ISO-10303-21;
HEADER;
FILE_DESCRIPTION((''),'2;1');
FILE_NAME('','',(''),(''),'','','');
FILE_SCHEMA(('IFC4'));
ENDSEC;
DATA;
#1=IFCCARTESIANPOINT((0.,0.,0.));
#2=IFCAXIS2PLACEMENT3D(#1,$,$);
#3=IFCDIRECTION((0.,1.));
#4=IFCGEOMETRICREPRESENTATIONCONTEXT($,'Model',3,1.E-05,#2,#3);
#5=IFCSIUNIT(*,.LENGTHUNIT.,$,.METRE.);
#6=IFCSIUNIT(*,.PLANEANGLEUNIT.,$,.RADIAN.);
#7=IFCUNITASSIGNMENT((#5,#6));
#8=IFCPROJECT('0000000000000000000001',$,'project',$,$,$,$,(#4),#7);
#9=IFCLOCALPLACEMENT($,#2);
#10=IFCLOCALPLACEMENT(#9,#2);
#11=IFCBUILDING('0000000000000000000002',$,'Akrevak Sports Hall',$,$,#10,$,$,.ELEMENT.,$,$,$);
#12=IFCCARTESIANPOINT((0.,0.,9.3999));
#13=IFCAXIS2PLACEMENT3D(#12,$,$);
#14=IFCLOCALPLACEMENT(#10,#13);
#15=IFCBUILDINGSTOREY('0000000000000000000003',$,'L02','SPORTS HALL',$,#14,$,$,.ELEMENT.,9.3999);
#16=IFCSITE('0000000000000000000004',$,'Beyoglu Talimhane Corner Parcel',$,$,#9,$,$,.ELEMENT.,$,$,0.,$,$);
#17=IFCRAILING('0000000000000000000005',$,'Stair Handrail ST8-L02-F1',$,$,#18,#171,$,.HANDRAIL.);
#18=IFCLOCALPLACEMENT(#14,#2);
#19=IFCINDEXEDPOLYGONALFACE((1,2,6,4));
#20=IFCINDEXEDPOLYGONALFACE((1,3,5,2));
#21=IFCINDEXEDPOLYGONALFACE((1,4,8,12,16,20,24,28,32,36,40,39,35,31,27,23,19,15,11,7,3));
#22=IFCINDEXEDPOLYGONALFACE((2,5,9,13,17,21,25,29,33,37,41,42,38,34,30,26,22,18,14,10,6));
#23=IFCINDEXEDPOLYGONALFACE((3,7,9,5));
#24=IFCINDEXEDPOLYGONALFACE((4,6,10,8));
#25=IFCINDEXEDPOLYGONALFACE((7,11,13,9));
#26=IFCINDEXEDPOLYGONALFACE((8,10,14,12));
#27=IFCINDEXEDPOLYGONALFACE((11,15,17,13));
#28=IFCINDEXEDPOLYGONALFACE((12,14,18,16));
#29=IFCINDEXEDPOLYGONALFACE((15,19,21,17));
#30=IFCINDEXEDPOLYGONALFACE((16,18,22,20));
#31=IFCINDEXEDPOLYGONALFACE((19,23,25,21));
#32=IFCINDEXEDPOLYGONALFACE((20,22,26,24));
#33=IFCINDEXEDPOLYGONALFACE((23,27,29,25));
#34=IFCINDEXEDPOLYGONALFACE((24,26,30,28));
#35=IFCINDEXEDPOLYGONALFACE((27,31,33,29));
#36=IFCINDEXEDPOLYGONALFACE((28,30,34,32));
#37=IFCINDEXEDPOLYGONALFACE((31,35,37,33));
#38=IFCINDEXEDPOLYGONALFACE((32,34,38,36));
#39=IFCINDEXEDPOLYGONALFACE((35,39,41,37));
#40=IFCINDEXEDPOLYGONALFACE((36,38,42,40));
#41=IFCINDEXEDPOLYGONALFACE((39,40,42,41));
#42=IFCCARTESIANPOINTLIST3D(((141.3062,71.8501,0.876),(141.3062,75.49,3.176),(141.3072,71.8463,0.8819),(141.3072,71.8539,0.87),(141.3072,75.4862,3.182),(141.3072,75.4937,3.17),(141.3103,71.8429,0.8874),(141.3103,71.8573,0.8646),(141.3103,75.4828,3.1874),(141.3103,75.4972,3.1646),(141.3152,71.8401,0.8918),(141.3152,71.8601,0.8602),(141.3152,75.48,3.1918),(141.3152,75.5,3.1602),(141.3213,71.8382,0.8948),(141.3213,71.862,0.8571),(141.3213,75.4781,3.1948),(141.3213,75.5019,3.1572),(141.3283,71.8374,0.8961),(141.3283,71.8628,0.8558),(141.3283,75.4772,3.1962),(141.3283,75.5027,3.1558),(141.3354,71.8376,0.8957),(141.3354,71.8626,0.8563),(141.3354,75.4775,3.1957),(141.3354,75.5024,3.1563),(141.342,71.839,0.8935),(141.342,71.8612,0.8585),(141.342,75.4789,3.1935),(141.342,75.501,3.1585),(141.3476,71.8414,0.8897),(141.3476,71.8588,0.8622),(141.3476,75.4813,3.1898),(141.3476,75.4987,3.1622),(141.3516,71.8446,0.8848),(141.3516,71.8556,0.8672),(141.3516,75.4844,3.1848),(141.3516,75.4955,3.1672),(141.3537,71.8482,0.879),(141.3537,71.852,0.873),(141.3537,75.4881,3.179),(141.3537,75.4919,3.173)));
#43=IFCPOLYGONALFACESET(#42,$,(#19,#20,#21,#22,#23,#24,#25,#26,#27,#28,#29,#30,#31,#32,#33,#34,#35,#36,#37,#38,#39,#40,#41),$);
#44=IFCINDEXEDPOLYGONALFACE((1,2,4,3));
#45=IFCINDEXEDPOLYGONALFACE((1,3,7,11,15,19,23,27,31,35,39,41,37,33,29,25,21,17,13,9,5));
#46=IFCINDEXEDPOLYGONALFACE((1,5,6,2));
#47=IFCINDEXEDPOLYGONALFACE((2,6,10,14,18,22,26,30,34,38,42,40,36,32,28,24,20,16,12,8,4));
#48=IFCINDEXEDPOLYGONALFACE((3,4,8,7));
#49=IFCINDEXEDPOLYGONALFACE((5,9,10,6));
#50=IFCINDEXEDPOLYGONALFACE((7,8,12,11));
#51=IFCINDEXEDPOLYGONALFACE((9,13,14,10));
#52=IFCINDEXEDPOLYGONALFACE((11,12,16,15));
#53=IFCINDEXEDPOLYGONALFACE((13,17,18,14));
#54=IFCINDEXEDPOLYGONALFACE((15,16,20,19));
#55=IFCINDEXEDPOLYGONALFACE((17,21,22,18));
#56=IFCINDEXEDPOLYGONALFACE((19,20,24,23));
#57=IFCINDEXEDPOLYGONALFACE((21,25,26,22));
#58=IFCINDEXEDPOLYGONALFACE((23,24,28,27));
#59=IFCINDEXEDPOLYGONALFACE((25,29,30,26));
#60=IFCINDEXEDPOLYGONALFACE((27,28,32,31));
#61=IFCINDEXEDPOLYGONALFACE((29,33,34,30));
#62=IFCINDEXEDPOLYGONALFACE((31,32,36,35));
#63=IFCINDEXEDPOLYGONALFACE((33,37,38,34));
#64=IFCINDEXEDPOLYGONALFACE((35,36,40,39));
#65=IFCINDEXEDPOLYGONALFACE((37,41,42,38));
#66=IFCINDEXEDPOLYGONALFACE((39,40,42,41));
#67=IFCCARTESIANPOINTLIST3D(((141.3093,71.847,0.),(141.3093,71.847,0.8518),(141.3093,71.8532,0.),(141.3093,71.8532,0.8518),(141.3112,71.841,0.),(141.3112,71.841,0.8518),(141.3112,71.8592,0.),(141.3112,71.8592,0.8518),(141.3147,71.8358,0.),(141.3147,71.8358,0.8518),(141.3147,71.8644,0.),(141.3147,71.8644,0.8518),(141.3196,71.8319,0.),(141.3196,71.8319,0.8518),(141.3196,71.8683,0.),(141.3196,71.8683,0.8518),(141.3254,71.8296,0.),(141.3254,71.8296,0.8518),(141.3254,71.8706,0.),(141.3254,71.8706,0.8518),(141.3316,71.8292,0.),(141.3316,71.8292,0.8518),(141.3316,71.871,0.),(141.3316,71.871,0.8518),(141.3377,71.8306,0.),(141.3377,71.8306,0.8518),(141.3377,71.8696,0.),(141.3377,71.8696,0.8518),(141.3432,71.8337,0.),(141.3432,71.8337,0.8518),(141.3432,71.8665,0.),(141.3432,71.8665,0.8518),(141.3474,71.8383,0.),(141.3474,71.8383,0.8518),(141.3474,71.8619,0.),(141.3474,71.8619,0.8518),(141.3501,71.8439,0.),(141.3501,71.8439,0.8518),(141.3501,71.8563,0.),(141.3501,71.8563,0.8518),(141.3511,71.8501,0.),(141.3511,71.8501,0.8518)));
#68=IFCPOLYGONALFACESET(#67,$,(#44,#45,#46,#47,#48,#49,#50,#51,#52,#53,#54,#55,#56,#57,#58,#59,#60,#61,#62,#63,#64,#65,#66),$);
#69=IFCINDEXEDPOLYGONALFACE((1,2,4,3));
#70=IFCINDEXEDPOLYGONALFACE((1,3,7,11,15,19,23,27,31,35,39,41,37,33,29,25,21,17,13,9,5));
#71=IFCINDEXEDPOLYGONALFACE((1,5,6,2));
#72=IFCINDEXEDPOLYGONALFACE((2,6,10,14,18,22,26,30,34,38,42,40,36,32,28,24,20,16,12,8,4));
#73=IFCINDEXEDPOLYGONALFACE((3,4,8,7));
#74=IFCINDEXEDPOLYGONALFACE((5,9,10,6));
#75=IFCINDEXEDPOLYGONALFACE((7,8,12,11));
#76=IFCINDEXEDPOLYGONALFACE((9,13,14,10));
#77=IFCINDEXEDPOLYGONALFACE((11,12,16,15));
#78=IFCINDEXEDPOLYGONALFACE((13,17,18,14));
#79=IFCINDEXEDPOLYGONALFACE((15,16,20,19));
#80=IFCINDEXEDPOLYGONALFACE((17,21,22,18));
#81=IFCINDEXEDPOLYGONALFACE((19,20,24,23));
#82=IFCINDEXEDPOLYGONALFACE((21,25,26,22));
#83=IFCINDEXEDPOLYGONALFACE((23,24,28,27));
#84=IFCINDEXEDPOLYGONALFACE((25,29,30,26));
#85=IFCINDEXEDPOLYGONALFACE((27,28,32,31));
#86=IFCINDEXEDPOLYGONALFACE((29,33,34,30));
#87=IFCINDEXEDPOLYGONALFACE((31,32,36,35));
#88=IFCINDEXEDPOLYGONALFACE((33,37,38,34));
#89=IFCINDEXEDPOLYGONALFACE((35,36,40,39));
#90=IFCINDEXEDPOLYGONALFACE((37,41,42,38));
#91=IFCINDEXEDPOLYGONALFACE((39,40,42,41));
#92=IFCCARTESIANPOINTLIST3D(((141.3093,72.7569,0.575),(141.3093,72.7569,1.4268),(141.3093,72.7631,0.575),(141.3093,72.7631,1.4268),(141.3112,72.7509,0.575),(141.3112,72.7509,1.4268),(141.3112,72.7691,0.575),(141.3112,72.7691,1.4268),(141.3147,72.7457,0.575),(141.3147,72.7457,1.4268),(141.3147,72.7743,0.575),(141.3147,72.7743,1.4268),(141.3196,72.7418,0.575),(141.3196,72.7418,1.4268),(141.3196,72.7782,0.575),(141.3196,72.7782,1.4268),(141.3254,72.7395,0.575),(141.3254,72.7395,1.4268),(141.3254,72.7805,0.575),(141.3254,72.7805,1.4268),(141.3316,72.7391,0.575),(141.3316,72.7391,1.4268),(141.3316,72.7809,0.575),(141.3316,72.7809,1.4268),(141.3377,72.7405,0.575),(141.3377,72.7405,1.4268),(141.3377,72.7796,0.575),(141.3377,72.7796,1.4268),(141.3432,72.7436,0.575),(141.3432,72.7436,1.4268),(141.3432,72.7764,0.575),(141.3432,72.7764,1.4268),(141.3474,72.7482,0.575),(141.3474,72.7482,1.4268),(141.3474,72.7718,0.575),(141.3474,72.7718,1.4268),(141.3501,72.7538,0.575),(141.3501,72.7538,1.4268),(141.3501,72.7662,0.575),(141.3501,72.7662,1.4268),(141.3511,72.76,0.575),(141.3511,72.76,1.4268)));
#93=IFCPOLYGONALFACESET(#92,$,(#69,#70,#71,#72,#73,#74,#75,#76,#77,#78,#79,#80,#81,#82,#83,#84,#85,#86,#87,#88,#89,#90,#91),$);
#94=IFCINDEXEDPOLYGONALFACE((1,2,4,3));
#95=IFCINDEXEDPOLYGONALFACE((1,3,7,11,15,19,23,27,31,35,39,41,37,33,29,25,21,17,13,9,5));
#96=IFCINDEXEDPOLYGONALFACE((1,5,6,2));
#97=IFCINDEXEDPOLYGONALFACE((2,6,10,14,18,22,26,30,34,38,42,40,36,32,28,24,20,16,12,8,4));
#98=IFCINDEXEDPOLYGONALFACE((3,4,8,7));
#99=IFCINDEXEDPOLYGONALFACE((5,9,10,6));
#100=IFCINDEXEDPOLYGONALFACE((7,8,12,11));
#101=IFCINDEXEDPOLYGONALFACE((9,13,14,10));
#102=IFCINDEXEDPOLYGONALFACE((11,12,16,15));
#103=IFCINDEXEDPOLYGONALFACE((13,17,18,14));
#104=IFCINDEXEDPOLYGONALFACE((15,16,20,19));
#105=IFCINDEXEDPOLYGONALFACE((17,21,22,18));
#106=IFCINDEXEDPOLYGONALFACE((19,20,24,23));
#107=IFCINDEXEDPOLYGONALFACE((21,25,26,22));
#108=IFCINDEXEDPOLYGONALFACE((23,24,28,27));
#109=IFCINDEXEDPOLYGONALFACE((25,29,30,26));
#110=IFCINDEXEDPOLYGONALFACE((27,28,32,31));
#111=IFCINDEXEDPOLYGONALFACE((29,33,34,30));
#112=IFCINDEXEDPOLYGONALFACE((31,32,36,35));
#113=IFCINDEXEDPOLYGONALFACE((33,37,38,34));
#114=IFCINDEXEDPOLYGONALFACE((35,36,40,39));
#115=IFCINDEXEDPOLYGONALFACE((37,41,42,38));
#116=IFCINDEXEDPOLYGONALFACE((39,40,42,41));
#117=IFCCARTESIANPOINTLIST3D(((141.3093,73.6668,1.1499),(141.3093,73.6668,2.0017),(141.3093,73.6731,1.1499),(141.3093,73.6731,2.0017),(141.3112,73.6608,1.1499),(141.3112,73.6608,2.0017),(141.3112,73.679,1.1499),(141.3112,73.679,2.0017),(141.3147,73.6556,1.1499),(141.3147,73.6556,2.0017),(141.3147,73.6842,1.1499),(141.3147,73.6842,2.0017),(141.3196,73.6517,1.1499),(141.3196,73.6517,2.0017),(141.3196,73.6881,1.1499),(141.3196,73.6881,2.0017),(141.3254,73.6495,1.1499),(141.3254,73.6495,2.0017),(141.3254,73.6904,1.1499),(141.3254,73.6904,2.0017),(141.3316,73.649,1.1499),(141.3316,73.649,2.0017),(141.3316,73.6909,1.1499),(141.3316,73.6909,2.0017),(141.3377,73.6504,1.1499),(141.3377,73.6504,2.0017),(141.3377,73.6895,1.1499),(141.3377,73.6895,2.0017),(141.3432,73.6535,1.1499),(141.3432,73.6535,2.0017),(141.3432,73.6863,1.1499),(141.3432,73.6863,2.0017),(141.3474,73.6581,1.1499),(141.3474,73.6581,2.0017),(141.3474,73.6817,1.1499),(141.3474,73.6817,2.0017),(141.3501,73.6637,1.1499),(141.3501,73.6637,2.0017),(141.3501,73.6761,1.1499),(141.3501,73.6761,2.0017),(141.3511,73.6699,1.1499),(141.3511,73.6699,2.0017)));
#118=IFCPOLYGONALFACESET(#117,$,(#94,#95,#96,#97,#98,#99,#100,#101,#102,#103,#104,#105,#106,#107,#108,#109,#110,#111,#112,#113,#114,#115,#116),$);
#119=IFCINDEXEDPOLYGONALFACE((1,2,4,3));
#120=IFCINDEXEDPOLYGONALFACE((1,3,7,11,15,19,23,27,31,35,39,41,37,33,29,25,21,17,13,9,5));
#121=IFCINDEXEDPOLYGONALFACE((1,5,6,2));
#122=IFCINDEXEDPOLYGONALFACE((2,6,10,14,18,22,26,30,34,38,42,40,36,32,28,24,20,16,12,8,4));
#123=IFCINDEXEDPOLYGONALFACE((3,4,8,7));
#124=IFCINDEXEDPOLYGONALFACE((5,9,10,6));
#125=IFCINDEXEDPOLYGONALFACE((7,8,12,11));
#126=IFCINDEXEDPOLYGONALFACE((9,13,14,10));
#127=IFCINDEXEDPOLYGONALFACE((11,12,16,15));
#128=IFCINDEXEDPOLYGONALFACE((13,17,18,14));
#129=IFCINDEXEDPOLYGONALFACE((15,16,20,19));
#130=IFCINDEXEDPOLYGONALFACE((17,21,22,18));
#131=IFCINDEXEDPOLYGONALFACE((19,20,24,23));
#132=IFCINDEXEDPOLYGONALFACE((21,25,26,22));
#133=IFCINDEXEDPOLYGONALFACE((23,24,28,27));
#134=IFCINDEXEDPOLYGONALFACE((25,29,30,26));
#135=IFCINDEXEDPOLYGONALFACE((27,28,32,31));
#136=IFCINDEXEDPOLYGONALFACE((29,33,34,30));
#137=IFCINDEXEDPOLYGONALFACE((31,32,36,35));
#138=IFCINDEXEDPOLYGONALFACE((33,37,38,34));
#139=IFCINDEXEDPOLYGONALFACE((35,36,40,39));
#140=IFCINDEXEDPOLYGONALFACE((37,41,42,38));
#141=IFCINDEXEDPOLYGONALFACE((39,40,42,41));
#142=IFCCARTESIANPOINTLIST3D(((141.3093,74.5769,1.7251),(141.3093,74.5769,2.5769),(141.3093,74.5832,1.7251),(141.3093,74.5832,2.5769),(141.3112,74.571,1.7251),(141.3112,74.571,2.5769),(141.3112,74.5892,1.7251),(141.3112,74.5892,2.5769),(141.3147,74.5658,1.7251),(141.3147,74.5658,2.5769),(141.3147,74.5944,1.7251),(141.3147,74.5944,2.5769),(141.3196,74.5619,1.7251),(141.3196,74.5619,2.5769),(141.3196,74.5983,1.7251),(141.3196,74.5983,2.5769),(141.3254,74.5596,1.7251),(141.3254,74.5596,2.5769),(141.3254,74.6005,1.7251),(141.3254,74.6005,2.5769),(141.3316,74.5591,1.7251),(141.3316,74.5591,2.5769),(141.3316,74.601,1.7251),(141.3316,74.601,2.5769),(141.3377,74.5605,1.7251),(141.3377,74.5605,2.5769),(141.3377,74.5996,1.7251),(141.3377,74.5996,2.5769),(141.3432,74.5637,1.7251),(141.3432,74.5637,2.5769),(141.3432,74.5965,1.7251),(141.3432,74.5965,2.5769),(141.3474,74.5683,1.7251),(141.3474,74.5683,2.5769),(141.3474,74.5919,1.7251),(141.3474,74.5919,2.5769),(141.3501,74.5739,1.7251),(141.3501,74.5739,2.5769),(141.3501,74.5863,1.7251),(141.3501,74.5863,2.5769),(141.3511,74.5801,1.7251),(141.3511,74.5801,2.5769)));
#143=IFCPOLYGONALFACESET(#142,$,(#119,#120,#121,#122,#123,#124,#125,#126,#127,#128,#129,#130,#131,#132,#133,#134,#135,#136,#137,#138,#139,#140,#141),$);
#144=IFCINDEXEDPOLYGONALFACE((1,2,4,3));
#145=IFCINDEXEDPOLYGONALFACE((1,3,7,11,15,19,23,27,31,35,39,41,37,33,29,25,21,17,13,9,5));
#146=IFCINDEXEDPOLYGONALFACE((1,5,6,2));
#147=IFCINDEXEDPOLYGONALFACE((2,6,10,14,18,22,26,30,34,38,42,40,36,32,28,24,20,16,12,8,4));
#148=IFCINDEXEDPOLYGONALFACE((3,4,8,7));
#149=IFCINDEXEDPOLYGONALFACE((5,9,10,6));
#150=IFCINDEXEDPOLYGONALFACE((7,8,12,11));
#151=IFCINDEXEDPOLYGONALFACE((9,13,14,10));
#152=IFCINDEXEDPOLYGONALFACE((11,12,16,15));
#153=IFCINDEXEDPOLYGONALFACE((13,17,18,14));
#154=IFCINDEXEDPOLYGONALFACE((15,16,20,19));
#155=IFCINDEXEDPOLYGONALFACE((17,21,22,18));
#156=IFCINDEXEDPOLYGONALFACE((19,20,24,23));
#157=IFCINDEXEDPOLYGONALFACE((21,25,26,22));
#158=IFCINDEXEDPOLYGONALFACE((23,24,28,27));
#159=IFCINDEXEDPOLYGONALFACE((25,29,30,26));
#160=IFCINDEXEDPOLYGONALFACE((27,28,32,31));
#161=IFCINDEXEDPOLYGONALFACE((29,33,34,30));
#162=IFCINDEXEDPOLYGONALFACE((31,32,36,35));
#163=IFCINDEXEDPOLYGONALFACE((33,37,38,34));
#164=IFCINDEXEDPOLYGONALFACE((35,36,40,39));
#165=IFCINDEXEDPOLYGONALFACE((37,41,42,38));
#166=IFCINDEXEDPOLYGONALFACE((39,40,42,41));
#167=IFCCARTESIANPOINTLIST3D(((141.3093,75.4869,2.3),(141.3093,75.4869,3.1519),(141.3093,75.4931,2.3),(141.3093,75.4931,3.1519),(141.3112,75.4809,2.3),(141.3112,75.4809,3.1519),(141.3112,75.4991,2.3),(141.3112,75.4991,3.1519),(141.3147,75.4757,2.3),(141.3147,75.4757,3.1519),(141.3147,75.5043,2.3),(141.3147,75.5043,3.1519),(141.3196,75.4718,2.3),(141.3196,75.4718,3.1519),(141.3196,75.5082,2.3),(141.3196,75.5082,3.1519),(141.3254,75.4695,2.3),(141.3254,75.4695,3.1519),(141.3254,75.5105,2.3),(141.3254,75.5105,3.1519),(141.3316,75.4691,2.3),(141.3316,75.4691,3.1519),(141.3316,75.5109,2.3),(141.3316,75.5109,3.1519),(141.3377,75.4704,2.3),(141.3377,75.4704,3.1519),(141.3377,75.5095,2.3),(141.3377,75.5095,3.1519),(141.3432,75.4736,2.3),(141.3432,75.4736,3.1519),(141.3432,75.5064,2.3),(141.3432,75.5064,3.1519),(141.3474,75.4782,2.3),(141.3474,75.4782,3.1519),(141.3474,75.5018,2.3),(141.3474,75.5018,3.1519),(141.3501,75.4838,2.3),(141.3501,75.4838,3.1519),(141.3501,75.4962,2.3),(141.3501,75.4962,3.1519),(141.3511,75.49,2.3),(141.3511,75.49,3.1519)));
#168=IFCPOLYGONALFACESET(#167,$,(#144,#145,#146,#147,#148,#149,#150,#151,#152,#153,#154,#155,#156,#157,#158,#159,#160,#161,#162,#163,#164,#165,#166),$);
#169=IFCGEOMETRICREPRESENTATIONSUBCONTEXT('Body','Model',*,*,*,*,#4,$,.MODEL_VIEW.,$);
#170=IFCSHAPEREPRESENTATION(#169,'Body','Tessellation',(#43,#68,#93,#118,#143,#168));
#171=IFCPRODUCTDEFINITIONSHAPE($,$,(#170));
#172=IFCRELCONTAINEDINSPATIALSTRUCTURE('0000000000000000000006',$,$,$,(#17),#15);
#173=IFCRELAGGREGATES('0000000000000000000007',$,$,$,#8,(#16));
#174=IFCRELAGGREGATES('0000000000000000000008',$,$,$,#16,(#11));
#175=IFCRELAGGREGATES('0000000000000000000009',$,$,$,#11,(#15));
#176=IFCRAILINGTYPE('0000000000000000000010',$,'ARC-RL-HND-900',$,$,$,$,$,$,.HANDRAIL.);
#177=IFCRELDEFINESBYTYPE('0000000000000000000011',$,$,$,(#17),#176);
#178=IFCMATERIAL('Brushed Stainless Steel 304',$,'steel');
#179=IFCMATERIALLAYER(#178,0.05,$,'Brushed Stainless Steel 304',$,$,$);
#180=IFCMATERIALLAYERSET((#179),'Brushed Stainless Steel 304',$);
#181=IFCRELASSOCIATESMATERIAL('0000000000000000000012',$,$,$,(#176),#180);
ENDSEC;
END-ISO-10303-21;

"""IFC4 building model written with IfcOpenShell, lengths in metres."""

from ifc_helpers import new_model, si_unit, direction, frame, origin, origin_2d, place, context, subcontext, project, spatial, circle, extrude, material, layer, layer_set, type_object, element, save


model = new_model("IFC4")

# Units and contexts
model_context = context("Model", 3, precision=1e-05, world=origin(), true_north=direction((0.0, 1.0)))
body_context = subcontext(model_context, "Body", "Model", "MODEL_VIEW")
ifc_project = project(units=[si_unit("LENGTHUNIT", "METRE"), si_unit("PLANEANGLEUNIT", "RADIAN")], contexts=[model_context])

# Site, building, storey
site_placement = place(None, origin())
site = spatial("IfcSite", under=ifc_project, at=site_placement, Name="Beyoglu Talimhane Corner Parcel", CompositionType="ELEMENT", RefElevation=0.0)
building_placement = place(site_placement, origin())
building = spatial("IfcBuilding", under=site, at=building_placement, Name="Akrevak Sports Hall", CompositionType="ELEMENT")
storey_placement = place(building_placement, frame((0.0, 0.0, 9.3999)))
storey = spatial("IfcBuildingStorey", under=building, at=storey_placement, Name="L02", Description="SPORTS HALL", CompositionType="ELEMENT", Elevation=9.3999)

# Shared definitions
ifc_material_1 = material(Name="Brushed Stainless Steel 304", Category="steel")

# Railing
ifc_layer_1 = layer(ifc_material_1, 0.05, Name="Brushed Stainless Steel 304")
ifc_layer_set_1 = layer_set([ifc_layer_1], Name="Brushed Stainless Steel 304")
railing_type_1 = type_object("IfcRailingType", Name="ARC-RL-HND-900", PredefinedType="HANDRAIL", material=ifc_layer_set_1)
railing_1_placement = place(storey_placement, frame((141.3301, 71.8501, 0.0)))
element("IfcRailing", 1, at=railing_1_placement, inside=storey, type_object=railing_type_1, Name="Stair Handrail ST8-L02-F1", PredefinedType="HANDRAIL", context=body_context, shape_type="SweptSolid", body=[
    extrude(circle(Radius=0.0239, at=origin_2d()), frame((0.0, 0.0, 0.876), z_axis=(0.0, 0.845366, 0.534187), x_axis=(-1.0, 0.0, 0.0)), (0.0, 0.0, 1.0), 4.3057),
    extrude(circle(Radius=0.021, at=origin_2d()), origin(), (0.0, 0.0, 1.0), 0.8518),
    extrude(circle(Radius=0.021, at=origin_2d()), frame((0.0, 0.9099, 0.575)), (0.0, 0.0, 1.0), 0.8518),
    extrude(circle(Radius=0.021, at=origin_2d()), frame((0.0, 1.8198, 1.1499)), (0.0, 0.0, 1.0), 0.8518),
    extrude(circle(Radius=0.021, at=origin_2d()), frame((0.0, 2.73, 1.7251)), (0.0, 0.0, 1.0), 0.8518),
    extrude(circle(Radius=0.021, at=origin_2d()), frame((0.0, 3.6399, 2.3)), (0.0, 0.0, 1.0), 0.8518),
])

save(model, "model.ifc")
